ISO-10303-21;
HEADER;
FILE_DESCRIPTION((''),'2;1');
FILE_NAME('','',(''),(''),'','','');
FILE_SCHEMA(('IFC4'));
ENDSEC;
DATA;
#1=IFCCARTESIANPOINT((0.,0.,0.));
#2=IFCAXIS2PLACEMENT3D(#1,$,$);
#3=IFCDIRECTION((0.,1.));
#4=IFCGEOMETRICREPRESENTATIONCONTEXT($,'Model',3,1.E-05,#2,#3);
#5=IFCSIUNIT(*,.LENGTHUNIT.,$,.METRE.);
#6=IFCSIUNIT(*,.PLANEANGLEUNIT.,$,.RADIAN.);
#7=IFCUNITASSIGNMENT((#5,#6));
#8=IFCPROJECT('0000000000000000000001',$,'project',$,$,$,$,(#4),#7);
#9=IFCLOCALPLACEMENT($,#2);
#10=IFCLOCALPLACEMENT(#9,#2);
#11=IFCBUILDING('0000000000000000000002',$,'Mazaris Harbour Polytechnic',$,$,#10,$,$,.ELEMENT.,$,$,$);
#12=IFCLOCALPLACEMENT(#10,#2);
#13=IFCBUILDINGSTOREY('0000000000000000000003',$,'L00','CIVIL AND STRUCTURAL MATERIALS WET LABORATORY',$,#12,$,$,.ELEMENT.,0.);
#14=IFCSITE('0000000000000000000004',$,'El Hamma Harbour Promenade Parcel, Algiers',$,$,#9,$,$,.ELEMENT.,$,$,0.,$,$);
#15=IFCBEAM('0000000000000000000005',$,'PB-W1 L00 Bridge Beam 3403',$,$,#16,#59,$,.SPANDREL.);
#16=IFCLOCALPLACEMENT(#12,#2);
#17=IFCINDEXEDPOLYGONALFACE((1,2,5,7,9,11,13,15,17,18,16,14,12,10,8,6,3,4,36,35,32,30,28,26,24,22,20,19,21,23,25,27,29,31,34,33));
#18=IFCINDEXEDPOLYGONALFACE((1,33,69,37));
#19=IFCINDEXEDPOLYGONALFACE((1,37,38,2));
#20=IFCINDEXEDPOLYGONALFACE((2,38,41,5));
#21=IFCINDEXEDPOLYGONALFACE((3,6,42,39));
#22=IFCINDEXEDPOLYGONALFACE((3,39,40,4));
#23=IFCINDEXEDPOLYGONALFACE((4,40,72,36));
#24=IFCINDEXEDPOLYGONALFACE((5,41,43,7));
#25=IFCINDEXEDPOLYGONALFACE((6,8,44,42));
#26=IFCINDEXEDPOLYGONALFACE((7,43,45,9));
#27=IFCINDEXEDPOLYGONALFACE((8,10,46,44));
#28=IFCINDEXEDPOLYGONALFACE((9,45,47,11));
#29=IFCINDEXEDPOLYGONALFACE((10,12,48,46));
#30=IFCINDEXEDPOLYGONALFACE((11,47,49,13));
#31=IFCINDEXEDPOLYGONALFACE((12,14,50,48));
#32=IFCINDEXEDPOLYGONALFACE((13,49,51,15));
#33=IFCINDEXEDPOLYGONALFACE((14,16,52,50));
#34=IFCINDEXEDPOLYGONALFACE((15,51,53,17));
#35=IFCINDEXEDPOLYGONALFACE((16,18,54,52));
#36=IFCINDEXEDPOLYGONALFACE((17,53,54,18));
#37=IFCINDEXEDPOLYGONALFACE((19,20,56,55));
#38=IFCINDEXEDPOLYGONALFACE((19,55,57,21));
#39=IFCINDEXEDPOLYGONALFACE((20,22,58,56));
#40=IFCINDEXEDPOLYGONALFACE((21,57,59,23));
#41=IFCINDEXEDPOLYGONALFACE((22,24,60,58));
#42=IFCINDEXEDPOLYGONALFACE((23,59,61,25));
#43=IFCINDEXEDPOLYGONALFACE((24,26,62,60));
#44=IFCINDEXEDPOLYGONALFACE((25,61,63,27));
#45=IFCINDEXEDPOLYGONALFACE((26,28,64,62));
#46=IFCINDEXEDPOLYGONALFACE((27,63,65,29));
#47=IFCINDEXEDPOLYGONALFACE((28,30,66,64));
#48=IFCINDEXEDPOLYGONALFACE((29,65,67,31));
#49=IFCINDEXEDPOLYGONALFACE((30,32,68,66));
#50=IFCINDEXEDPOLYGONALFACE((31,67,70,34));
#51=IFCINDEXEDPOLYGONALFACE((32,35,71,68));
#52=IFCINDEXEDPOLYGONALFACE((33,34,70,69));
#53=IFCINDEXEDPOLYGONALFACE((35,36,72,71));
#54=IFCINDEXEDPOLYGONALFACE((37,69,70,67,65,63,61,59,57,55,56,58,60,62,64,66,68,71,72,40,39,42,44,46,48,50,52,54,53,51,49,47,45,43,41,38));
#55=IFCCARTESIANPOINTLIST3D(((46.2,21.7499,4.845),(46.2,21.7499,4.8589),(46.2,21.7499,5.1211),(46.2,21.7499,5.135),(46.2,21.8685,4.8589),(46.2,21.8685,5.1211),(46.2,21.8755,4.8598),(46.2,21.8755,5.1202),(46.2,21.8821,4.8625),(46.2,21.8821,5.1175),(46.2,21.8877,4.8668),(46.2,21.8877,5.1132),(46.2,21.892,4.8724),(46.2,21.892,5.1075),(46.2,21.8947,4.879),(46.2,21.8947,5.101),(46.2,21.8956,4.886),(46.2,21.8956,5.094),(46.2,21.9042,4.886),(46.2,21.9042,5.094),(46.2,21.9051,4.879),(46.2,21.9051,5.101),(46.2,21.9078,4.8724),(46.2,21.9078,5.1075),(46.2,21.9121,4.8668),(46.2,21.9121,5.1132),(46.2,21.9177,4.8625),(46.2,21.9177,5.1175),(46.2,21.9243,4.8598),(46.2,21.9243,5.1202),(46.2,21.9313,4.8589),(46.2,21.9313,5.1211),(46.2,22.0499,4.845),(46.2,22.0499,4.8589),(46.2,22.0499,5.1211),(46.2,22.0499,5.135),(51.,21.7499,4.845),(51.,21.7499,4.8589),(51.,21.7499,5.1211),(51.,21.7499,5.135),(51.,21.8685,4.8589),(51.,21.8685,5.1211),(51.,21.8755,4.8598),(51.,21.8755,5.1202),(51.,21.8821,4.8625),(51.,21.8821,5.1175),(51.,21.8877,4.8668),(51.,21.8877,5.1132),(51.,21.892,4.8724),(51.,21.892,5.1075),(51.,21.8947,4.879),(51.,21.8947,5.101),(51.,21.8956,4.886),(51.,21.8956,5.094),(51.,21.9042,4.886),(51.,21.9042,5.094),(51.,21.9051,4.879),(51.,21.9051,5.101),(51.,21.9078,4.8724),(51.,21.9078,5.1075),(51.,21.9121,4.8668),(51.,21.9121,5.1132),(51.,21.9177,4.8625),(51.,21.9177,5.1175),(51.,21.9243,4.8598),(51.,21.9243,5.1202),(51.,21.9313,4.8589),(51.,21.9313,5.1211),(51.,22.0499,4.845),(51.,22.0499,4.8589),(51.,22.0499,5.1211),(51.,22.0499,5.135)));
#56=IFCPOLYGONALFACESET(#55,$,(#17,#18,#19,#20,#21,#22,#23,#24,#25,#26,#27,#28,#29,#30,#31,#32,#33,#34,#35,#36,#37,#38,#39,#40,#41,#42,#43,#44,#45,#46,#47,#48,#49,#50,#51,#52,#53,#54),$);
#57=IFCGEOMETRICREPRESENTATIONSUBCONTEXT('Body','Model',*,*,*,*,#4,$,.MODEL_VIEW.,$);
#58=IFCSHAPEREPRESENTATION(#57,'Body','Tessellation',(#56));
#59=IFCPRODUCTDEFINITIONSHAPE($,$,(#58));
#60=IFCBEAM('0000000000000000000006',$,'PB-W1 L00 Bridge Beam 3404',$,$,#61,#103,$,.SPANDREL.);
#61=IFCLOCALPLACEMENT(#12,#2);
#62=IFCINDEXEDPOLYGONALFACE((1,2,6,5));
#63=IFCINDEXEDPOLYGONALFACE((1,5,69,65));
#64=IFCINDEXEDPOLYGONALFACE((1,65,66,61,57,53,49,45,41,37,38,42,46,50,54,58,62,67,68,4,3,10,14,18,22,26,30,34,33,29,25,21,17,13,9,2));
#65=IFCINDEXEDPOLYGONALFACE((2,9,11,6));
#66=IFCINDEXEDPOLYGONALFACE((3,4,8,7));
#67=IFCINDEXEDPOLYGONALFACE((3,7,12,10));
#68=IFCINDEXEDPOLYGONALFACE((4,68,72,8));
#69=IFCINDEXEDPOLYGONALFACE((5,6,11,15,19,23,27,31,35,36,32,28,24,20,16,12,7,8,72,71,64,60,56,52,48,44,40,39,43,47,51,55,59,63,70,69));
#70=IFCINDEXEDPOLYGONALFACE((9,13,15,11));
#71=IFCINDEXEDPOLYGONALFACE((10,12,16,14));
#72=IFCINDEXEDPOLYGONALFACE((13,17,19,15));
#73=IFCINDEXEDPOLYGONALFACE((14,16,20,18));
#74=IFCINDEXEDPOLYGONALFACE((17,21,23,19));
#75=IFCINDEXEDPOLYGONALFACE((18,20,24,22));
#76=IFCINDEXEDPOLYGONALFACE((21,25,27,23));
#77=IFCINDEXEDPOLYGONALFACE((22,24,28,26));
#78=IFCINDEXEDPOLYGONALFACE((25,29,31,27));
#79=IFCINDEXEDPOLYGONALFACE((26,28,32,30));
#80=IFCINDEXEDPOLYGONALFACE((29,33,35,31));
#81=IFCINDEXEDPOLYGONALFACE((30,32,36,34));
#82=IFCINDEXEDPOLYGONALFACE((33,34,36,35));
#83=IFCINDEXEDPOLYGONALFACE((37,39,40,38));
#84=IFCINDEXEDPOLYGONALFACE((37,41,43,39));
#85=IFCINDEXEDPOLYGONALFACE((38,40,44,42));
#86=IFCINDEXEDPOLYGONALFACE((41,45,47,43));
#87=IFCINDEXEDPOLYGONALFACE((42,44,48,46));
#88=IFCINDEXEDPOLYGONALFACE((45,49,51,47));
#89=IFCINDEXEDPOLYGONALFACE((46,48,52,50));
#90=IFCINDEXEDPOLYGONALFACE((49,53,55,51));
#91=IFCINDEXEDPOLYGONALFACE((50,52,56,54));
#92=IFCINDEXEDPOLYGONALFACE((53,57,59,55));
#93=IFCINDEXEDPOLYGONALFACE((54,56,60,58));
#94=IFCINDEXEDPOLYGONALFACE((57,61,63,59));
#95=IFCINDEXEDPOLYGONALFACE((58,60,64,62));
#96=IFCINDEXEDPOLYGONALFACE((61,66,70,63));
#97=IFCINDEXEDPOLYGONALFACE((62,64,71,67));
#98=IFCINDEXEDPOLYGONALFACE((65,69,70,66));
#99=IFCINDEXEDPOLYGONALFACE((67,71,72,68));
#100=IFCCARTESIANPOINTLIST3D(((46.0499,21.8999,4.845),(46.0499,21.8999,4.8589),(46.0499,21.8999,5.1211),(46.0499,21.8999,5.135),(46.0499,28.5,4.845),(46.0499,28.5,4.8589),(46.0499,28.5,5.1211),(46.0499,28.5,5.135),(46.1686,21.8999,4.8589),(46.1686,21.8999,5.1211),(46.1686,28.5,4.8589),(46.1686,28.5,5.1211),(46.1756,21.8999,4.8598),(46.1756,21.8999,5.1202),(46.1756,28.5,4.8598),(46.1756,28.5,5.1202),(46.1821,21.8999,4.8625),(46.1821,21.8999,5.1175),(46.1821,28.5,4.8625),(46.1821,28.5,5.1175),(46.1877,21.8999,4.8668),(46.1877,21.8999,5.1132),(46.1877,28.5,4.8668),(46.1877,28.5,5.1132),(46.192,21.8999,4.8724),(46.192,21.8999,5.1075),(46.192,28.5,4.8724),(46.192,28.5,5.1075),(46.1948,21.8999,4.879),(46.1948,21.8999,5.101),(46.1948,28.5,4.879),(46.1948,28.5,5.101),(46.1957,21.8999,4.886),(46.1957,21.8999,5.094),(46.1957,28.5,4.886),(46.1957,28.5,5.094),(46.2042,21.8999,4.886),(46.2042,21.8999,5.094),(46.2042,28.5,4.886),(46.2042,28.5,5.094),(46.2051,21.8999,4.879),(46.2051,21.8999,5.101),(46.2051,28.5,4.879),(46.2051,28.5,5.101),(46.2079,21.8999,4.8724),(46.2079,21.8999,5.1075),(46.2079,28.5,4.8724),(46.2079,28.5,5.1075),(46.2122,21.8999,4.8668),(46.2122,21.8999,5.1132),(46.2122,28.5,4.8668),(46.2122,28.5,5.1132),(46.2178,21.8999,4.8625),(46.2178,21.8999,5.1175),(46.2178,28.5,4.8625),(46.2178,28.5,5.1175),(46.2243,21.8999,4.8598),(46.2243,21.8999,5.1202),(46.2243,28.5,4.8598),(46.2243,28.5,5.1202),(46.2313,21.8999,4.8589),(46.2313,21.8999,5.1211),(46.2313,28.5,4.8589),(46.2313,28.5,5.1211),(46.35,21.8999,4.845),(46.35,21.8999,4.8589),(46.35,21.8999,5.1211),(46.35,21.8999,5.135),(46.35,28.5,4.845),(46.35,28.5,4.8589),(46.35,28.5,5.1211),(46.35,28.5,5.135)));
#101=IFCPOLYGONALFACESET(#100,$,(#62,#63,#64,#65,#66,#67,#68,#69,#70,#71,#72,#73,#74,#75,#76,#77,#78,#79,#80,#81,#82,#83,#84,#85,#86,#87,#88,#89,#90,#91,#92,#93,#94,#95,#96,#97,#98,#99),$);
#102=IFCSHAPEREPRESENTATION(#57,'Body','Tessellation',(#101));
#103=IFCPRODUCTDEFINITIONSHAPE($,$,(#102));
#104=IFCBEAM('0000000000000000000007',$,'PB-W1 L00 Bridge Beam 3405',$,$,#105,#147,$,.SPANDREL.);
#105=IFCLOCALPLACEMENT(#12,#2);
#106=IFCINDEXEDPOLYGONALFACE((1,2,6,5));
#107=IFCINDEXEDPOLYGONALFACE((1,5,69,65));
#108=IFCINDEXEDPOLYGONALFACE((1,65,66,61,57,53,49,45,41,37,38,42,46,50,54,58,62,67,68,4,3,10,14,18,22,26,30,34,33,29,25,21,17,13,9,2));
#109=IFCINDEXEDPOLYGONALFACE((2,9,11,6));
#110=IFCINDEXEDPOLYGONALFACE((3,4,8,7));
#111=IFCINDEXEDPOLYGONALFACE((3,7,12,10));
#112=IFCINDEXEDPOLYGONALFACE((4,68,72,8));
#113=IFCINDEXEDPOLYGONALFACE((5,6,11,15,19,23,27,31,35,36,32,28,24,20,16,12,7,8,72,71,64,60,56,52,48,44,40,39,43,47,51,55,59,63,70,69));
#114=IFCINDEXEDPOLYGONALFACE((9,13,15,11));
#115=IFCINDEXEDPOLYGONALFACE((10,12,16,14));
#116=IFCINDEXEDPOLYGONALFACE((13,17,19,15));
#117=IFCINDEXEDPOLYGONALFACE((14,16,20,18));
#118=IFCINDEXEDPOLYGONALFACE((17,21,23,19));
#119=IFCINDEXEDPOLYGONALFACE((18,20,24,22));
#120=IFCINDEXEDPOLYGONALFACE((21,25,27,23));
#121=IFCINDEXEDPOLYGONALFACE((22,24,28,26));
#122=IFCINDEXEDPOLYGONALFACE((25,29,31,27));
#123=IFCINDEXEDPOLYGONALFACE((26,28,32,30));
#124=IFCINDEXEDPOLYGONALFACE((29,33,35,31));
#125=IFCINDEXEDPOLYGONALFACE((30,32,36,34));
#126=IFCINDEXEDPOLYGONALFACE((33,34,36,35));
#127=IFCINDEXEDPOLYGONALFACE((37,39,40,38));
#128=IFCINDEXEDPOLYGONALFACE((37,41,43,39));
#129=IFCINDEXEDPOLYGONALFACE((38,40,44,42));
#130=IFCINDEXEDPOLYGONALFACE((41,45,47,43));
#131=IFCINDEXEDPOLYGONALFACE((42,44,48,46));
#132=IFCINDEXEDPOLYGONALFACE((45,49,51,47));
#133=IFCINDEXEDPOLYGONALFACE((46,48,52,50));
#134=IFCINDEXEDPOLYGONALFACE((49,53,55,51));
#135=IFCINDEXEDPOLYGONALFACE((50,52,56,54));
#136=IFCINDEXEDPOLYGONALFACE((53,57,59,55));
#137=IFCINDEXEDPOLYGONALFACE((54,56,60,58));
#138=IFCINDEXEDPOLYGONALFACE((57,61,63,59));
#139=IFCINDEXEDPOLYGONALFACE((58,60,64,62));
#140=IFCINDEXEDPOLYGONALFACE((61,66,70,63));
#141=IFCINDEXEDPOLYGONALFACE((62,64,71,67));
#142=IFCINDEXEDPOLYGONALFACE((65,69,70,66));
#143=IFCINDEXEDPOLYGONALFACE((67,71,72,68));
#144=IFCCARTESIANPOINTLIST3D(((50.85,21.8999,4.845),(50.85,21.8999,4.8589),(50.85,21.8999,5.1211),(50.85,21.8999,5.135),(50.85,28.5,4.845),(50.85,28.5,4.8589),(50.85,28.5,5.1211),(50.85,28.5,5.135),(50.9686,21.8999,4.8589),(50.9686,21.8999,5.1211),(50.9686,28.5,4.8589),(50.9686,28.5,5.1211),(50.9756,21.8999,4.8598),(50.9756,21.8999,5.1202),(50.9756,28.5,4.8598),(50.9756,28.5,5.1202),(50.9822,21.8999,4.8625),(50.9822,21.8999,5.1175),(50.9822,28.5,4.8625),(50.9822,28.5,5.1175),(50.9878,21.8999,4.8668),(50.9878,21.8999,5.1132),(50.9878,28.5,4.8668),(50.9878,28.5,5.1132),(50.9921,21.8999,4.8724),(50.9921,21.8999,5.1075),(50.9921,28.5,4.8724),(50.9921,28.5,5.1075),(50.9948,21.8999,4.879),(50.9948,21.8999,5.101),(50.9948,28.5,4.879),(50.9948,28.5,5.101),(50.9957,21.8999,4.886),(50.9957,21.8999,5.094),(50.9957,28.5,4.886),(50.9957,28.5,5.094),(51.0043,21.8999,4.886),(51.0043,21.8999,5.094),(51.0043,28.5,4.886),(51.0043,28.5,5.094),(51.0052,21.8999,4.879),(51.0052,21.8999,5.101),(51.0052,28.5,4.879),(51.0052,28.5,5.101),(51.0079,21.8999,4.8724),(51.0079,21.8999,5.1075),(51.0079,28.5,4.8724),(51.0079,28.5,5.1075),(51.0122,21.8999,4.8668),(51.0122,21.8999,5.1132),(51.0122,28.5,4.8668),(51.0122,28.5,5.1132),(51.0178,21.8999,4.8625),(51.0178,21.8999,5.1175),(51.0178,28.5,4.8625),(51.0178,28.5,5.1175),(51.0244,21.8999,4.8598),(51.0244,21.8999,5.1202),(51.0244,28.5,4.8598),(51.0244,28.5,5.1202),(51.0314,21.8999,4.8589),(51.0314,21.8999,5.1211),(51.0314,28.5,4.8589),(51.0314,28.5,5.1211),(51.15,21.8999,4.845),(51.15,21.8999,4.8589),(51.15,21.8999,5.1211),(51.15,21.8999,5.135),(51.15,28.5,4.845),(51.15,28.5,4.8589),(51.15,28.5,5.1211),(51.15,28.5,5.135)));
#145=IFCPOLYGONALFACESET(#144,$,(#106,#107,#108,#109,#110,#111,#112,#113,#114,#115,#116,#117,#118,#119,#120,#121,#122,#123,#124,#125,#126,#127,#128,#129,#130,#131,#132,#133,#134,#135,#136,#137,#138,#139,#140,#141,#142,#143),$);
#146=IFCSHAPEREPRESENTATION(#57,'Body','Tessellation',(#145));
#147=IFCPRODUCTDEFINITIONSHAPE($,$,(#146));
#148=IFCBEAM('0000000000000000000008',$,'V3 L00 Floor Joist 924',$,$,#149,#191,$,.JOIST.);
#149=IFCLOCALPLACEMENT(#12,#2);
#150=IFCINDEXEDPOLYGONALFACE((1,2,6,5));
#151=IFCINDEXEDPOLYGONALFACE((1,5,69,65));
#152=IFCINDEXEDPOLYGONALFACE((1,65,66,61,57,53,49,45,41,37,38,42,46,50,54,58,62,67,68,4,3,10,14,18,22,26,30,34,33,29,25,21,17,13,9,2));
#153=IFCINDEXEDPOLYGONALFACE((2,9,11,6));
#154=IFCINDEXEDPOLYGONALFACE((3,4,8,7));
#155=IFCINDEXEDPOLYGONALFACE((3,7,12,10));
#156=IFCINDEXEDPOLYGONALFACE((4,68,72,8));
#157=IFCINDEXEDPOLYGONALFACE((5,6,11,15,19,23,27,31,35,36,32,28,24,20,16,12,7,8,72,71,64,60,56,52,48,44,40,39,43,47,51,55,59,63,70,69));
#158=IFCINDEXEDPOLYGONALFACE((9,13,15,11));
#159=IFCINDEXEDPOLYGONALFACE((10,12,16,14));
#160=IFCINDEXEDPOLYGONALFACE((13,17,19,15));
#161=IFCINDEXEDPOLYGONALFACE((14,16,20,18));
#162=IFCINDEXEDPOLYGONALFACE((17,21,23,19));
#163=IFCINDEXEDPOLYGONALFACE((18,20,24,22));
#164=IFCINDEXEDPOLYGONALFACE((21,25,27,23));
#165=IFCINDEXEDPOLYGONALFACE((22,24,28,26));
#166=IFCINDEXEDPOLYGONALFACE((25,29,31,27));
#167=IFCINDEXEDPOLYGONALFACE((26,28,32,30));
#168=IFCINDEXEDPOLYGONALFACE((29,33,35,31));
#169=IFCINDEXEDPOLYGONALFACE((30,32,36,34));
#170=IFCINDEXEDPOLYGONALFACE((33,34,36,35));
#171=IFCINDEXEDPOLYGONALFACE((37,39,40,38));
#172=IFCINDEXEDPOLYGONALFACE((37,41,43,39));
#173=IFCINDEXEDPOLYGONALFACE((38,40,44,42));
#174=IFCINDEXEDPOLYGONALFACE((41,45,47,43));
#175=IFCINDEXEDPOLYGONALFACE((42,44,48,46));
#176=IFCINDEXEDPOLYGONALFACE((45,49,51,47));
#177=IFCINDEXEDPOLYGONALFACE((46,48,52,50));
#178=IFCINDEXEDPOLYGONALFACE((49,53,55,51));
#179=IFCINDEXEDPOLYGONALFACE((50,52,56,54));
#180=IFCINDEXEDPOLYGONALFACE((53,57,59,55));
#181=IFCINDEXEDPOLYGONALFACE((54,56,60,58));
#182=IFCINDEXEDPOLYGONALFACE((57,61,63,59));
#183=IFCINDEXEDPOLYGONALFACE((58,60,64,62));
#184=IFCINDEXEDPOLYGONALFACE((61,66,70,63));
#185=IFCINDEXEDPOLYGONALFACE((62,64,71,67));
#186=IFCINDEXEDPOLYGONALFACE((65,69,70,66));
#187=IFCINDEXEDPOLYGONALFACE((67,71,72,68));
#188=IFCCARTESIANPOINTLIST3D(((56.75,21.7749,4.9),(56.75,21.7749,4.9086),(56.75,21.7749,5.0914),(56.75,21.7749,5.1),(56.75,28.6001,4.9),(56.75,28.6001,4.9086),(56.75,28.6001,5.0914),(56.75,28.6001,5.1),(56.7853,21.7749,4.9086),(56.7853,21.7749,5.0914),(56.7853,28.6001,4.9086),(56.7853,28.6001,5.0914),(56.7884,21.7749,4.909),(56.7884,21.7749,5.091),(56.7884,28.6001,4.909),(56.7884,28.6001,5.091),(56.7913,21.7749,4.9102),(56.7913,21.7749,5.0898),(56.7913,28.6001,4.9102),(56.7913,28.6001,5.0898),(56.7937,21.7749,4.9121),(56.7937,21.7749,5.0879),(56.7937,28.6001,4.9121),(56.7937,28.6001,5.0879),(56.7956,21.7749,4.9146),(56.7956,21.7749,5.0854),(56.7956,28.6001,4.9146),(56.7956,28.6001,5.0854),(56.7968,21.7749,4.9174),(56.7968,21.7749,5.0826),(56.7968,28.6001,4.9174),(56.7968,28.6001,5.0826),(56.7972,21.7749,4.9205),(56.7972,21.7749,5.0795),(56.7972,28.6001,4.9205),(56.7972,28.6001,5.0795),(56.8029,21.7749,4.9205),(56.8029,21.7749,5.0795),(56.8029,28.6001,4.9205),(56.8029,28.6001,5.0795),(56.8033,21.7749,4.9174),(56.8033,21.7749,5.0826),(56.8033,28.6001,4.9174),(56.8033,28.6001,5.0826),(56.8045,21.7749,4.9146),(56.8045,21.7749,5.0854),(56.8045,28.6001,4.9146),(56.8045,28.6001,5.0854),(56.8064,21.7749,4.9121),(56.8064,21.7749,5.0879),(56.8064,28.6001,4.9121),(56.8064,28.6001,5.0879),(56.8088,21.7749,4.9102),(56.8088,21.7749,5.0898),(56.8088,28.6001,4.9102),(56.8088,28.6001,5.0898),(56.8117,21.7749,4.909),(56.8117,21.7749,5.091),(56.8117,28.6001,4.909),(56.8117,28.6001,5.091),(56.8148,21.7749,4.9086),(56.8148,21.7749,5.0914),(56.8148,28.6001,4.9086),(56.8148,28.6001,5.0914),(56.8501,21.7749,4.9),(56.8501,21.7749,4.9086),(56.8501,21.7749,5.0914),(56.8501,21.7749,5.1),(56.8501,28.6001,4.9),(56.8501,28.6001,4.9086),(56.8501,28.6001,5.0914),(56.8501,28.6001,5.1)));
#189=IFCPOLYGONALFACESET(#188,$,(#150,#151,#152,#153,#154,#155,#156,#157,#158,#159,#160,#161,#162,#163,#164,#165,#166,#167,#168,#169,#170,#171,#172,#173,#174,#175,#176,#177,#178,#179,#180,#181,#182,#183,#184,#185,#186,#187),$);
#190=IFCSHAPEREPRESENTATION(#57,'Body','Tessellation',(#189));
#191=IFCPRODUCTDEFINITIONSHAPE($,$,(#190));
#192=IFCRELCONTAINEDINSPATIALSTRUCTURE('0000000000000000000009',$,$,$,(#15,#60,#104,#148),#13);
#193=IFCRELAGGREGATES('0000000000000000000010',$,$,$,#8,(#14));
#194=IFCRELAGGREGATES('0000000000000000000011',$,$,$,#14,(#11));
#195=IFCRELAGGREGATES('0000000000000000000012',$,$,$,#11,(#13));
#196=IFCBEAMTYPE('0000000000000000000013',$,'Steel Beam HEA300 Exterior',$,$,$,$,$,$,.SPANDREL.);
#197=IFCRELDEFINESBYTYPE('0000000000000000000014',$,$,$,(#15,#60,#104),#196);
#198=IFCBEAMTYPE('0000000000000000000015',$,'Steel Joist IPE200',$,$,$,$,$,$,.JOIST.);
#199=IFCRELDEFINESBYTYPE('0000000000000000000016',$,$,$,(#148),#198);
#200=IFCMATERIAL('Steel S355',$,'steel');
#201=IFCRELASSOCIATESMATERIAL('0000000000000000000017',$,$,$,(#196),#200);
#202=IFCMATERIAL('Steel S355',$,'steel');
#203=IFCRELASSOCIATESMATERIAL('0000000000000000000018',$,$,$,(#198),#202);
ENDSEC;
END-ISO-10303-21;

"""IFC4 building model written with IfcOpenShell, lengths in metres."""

from ifc_helpers import new_model, si_unit, direction, frame, origin, origin_2d, place, context, subcontext, project, spatial, i_section, extrude, material, material_profile, profile_set, type_object, element, save


model = new_model("IFC4")

# Units and contexts
model_context = context("Model", 3, precision=1e-05, world=origin(), true_north=direction((0.0, 1.0)))
body_context = subcontext(model_context, "Body", "Model", "MODEL_VIEW")
ifc_project = project(units=[si_unit("LENGTHUNIT", "METRE"), si_unit("PLANEANGLEUNIT", "RADIAN")], contexts=[model_context])

# Site, building, storey
site_placement = place(None, origin())
site = spatial("IfcSite", under=ifc_project, at=site_placement, Name="El Hamma Harbour Promenade Parcel, Algiers", CompositionType="ELEMENT", RefElevation=0.0)
building_placement = place(site_placement, origin())
building = spatial("IfcBuilding", under=site, at=building_placement, Name="Mazaris Harbour Polytechnic", CompositionType="ELEMENT")
storey_placement = place(building_placement, origin())
storey = spatial("IfcBuildingStorey", under=building, at=storey_placement, Name="L00", Description="CIVIL AND STRUCTURAL MATERIALS WET LABORATORY", CompositionType="ELEMENT", Elevation=0.0)

# Beams
ifc_material_1 = material(Name="Steel S355", Category="steel")
ifc_material_profile_1 = material_profile(ifc_material_1, i_section(OverallWidth=0.3, OverallDepth=0.29, WebThickness=0.0085, FlangeThickness=0.0139, FilletRadius=0.0271, at=origin_2d()), Name="HEA 300")
ifc_profile_set_1 = profile_set([ifc_material_profile_1], Name="Steel S355")
beam_type_1 = type_object("IfcBeamType", Name="Steel Beam HEA300 Exterior", PredefinedType="SPANDREL", material=ifc_profile_set_1)
beam_1_placement = place(storey_placement, frame((46.2, 21.8999, 4.99), z_axis=(1.0, 0.0, 0.0), x_axis=(0.0, 1.0, 0.0)))
element("IfcBeam", 1, at=beam_1_placement, inside=storey, type_object=beam_type_1, Name="PB-W1 L00 Bridge Beam 3403", PredefinedType="SPANDREL", context=body_context, shape_type="SweptSolid", body=[
    extrude(i_section(OverallWidth=0.3, OverallDepth=0.29, WebThickness=0.0085, FlangeThickness=0.0139, FilletRadius=0.0271, at=origin_2d()), origin(), (0.0, 0.0, 1.0), 4.8),
])
for number, where, z_axis, x_axis, name in (
    (2, (46.2, 21.8999, 4.99), (0.0, 1.0, 0.0), (-1.0, 0.0, 0.0), "PB-W1 L00 Bridge Beam 3404"),
    (3, (51.0, 21.8999, 4.99), (0.0, 1.0, 0.0), (-1.0, 0.0, 0.0), "PB-W1 L00 Bridge Beam 3405"),
):
    element("IfcBeam", number, at=place(storey_placement, frame(where, z_axis=z_axis, x_axis=x_axis)), inside=storey, type_object=beam_type_1, Name=name, PredefinedType="SPANDREL", context=body_context, shape_type="SweptSolid", body=[
        extrude(i_section(OverallWidth=0.3, OverallDepth=0.29, WebThickness=0.0085, FlangeThickness=0.0139, FilletRadius=0.0271, at=origin_2d()), origin(), (0.0, 0.0, 1.0), 6.6001),
    ])
ifc_material_2 = material(Name="Steel S355", Category="steel")
ifc_material_profile_2 = material_profile(ifc_material_2, i_section(OverallWidth=0.1001, OverallDepth=0.2, WebThickness=0.0056, FlangeThickness=0.0085, FilletRadius=0.012, at=origin_2d()), Name="IPE 200")
ifc_profile_set_2 = profile_set([ifc_material_profile_2], Name="Steel S355")
beam_type_2 = type_object("IfcBeamType", Name="Steel Joist IPE200", PredefinedType="JOIST", material=ifc_profile_set_2)
beam_2_placement = place(storey_placement, frame((56.8, 21.7749, 5.0), z_axis=(0.0, 1.0, 0.0), x_axis=(-1.0, 0.0, 0.0)))
element("IfcBeam", 4, at=beam_2_placement, inside=storey, type_object=beam_type_2, Name="V3 L00 Floor Joist 924", PredefinedType="JOIST", context=body_context, shape_type="SweptSolid", body=[
    extrude(i_section(OverallWidth=0.1001, OverallDepth=0.2, WebThickness=0.0056, FlangeThickness=0.0085, FilletRadius=0.012, at=origin_2d()), origin(), (0.0, 0.0, 1.0), 6.8252),
])

save(model, "model.ifc")
